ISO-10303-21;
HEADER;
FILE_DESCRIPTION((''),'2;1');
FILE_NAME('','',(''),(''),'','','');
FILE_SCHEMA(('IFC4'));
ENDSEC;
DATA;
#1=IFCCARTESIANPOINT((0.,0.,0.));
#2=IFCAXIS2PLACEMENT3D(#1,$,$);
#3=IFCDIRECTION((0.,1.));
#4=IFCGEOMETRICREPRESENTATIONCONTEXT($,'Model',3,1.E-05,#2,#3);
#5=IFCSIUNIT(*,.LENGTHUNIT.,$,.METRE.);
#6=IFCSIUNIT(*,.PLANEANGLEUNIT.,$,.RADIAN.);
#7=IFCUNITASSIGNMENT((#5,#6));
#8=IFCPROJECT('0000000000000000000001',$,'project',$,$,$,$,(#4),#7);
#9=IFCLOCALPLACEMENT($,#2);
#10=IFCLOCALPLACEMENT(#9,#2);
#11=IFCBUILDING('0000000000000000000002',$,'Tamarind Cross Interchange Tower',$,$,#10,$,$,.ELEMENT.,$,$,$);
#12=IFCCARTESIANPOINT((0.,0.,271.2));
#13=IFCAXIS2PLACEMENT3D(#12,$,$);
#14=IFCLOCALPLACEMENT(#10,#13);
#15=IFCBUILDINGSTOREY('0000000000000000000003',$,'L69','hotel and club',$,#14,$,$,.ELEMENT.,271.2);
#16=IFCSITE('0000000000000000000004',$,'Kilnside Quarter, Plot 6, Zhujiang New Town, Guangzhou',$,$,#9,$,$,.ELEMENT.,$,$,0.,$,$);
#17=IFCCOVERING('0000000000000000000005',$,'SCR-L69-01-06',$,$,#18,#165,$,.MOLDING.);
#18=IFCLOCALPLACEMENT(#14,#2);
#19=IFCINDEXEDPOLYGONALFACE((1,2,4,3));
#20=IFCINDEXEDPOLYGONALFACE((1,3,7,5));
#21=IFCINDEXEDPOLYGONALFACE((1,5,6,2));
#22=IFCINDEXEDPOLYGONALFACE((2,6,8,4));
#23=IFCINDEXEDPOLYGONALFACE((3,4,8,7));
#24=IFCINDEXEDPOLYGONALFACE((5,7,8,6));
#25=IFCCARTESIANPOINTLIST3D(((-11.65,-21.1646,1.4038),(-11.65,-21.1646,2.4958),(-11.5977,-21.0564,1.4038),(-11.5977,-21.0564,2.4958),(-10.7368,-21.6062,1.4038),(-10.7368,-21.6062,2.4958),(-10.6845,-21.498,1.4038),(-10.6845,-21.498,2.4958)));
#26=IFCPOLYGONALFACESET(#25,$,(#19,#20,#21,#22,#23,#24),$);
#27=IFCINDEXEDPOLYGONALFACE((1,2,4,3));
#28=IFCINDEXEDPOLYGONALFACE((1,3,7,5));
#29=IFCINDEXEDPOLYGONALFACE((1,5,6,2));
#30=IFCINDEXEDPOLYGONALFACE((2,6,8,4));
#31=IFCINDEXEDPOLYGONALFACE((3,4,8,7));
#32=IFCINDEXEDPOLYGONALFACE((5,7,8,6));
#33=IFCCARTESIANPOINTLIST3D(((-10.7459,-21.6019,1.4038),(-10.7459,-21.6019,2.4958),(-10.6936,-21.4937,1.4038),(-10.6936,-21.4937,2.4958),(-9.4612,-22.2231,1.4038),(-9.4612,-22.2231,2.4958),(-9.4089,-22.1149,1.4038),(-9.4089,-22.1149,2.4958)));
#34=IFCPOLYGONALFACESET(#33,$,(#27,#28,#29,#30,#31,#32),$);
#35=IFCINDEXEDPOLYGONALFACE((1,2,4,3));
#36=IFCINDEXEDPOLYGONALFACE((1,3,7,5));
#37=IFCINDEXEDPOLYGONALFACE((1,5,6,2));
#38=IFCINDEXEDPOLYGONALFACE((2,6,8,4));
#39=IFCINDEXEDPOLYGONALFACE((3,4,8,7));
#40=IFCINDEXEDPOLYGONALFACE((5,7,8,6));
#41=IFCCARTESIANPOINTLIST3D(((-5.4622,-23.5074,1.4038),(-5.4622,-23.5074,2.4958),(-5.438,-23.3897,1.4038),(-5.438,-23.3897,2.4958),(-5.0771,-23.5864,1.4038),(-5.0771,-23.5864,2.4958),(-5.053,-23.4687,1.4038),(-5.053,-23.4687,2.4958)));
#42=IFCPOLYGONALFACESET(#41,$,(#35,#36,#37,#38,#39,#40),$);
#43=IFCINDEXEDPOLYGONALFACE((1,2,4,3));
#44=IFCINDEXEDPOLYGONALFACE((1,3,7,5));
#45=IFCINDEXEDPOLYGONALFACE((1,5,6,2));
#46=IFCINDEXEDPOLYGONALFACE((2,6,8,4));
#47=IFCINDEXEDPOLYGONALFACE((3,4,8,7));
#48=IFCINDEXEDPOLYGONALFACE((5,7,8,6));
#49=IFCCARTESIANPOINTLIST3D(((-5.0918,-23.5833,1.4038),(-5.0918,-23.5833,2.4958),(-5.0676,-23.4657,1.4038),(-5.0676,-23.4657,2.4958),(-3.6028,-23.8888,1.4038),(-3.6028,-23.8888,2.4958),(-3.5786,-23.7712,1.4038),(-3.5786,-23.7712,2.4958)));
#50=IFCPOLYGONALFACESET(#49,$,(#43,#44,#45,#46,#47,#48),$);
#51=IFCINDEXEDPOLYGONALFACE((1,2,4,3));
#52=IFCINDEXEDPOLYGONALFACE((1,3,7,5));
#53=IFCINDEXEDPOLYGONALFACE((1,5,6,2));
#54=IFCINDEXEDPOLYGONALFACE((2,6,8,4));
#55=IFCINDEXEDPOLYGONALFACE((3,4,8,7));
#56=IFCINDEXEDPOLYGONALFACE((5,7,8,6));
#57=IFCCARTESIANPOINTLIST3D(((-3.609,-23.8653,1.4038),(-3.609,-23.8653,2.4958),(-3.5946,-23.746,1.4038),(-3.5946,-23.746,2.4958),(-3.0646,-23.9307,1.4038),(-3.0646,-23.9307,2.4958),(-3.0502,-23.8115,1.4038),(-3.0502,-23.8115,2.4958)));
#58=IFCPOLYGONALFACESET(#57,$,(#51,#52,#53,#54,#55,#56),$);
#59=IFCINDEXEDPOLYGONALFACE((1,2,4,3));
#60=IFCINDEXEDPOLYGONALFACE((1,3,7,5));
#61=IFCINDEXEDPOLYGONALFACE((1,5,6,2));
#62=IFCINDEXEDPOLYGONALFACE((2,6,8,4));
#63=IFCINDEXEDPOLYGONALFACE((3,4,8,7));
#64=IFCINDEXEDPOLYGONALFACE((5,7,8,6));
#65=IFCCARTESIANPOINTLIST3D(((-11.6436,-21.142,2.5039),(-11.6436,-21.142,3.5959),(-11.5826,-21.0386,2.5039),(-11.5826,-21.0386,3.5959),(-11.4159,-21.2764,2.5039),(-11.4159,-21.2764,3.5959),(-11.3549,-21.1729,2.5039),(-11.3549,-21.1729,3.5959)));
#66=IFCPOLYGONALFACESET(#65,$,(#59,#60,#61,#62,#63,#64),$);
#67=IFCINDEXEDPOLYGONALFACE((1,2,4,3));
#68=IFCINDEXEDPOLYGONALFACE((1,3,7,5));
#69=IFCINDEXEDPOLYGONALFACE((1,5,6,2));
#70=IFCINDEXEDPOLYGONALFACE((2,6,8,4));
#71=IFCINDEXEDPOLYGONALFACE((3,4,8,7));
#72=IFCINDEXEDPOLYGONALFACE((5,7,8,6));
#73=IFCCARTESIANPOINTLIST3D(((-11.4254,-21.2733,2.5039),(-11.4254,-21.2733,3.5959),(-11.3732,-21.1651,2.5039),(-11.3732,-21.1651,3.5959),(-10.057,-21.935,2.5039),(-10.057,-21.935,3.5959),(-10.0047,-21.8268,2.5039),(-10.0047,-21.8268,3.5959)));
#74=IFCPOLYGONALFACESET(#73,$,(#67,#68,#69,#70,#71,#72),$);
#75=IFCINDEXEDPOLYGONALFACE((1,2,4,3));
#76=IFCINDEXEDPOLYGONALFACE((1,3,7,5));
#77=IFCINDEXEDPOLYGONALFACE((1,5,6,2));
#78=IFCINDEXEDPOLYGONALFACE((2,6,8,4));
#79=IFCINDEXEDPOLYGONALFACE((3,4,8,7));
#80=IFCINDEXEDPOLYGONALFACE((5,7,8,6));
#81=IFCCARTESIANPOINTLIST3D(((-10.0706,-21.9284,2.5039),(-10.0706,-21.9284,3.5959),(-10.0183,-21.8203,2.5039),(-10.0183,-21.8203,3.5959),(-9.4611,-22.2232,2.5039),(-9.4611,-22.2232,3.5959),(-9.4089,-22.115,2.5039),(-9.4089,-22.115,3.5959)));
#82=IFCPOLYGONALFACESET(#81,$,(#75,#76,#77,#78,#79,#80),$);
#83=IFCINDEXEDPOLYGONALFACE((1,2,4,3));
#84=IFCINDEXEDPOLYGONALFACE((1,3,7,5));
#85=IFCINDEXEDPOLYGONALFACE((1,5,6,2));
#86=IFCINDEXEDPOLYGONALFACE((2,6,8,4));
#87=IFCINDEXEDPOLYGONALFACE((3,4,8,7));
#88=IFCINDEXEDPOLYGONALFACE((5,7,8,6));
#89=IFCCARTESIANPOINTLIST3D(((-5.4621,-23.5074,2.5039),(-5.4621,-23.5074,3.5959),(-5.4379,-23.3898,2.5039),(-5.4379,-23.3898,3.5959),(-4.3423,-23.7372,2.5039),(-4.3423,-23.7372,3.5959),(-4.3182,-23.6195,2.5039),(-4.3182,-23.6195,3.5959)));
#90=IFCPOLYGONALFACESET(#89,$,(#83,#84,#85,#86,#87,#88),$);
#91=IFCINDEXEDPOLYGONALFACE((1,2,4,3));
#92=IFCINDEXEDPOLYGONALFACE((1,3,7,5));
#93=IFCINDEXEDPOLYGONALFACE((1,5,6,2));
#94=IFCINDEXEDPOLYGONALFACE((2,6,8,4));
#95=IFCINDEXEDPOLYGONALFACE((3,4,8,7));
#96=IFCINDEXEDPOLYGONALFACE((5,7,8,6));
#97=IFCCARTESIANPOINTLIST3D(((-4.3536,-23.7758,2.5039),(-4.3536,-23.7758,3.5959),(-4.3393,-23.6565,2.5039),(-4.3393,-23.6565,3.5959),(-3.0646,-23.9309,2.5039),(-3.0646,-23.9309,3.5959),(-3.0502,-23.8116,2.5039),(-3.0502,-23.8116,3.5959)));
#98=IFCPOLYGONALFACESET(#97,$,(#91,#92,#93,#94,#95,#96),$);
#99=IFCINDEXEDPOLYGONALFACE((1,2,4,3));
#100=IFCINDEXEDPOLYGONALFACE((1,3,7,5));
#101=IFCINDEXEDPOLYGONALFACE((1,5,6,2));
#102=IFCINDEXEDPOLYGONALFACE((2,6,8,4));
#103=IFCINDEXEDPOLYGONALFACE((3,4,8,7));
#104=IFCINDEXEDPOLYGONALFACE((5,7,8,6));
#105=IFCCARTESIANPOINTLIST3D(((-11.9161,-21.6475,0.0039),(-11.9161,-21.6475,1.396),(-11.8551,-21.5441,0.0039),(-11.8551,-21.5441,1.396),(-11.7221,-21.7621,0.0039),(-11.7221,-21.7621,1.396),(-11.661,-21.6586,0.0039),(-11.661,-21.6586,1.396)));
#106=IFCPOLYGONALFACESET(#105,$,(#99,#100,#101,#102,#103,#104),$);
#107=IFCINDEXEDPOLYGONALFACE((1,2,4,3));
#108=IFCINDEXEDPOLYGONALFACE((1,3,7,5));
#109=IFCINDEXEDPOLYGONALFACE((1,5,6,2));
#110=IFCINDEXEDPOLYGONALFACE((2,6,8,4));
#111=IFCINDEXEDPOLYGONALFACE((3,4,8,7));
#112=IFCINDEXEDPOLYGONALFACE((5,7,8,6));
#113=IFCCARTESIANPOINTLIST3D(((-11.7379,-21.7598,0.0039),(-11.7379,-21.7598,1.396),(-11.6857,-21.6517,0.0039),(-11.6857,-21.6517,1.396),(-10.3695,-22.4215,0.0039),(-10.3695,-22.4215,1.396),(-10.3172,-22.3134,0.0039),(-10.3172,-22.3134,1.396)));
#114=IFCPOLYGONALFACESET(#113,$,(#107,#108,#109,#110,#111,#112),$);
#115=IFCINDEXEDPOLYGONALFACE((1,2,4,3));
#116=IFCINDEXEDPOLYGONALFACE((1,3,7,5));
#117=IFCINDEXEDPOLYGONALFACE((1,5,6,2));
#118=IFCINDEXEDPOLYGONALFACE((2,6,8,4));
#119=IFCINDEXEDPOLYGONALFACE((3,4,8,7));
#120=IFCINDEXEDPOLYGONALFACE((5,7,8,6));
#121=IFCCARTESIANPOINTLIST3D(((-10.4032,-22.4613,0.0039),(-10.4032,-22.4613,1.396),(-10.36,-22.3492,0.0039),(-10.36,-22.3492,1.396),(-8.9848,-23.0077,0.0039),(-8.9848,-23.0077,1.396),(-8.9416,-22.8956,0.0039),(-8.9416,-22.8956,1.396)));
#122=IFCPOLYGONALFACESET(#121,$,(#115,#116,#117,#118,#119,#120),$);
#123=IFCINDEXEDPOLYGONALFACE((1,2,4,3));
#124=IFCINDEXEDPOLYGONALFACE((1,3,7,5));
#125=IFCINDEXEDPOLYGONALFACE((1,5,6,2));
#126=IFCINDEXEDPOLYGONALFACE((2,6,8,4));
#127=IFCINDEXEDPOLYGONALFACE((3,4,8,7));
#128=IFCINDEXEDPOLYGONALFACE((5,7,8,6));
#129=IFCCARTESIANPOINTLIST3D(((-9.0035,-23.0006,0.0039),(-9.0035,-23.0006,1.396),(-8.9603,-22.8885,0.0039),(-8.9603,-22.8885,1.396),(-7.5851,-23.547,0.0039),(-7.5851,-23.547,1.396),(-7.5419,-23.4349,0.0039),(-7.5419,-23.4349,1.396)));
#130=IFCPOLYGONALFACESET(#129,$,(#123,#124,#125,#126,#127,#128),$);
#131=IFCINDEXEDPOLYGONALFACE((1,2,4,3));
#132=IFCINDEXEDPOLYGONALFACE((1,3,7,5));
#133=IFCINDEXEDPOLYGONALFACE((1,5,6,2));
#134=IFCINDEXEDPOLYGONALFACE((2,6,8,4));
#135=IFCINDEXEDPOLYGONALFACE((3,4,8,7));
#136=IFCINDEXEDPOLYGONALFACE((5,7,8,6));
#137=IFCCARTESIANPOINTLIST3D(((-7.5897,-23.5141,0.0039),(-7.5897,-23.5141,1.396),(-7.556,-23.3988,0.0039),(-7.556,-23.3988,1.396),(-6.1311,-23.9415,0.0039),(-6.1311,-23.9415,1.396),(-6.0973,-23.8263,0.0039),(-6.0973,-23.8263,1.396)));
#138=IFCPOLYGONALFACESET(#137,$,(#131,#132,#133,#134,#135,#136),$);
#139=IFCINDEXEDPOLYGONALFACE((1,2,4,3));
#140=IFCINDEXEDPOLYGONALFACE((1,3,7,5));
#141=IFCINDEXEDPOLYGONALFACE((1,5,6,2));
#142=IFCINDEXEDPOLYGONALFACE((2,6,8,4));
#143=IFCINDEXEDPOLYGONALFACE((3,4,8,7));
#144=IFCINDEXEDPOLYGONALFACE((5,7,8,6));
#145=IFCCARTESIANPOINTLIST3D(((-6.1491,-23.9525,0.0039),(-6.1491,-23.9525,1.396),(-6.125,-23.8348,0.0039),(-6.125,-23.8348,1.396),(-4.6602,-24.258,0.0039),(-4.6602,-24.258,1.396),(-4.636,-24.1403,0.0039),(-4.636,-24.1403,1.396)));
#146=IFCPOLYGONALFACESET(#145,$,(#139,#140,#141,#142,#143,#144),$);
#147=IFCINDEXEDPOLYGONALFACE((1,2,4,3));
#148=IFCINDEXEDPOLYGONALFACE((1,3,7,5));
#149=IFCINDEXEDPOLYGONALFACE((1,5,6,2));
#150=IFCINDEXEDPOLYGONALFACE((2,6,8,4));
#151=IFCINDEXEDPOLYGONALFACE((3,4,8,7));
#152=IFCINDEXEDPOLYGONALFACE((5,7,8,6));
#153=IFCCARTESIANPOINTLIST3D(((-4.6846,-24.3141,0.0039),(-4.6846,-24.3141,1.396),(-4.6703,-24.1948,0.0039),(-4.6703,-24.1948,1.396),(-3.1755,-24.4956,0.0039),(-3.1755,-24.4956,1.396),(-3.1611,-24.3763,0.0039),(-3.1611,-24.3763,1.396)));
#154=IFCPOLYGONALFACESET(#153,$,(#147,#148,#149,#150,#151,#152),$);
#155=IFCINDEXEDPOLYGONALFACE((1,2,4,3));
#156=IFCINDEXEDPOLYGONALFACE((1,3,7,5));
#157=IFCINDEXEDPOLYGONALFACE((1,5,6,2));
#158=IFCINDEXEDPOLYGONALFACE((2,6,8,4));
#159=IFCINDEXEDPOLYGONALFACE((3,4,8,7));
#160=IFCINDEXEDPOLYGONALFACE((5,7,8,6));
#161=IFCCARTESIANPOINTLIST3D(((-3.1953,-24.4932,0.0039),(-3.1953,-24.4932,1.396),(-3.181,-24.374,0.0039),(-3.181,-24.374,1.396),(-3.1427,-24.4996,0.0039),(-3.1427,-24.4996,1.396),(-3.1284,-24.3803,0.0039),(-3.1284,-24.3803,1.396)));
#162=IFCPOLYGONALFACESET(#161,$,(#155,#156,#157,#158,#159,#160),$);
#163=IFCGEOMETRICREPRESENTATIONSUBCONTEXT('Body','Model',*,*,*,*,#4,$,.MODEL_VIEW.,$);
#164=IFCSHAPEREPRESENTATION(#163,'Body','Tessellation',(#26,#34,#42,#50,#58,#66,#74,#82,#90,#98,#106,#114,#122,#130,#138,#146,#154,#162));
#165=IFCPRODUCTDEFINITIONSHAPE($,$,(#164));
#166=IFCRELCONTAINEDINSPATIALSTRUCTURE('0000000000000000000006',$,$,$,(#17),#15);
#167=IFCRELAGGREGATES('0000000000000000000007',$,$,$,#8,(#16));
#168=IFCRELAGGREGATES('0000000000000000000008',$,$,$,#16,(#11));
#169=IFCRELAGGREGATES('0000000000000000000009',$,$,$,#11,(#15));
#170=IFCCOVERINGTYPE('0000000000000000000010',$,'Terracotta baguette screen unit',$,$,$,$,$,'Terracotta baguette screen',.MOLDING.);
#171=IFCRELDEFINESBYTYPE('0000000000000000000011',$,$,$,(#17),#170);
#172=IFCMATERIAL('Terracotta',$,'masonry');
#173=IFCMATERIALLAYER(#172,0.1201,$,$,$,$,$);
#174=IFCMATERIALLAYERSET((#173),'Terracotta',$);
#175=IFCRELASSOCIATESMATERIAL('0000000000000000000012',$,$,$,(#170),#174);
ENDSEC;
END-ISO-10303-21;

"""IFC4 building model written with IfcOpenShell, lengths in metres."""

from ifc_helpers import new_model, si_unit, direction, frame, origin, origin_2d, place, context, subcontext, project, spatial, rectangle, extrude, material, layer, layer_set, type_object, element, save


model = new_model("IFC4")

# Units and contexts
model_context = context("Model", 3, precision=1e-05, world=origin(), true_north=direction((0.0, 1.0)))
body_context = subcontext(model_context, "Body", "Model", "MODEL_VIEW")
ifc_project = project(units=[si_unit("LENGTHUNIT", "METRE"), si_unit("PLANEANGLEUNIT", "RADIAN")], contexts=[model_context])

# Site, building, storey
site_placement = place(None, origin())
site = spatial("IfcSite", under=ifc_project, at=site_placement, Name="Kilnside Quarter, Plot 6, Zhujiang New Town, Guangzhou", CompositionType="ELEMENT", RefElevation=0.0)
building_placement = place(site_placement, origin())
building = spatial("IfcBuilding", under=site, at=building_placement, Name="Tamarind Cross Interchange Tower", CompositionType="ELEMENT")
storey_placement = place(building_placement, frame((0.0, 0.0, 271.2)))
storey = spatial("IfcBuildingStorey", under=building, at=storey_placement, Name="L69", Description="hotel and club", CompositionType="ELEMENT", Elevation=271.2)

# Covering
ifc_material_1 = material(Name="Terracotta", Category="masonry")
ifc_layer_1 = layer(ifc_material_1, 0.1201)
ifc_layer_set_1 = layer_set([ifc_layer_1], Name="Terracotta")
covering_type = type_object("IfcCoveringType", Name="Terracotta baguette screen unit", ElementType="Terracotta baguette screen", PredefinedType="MOLDING", material=ifc_layer_set_1)
covering_1_placement = place(storey_placement, origin())
element("IfcCovering", 1, at=covering_1_placement, inside=storey, type_object=covering_type, Name="SCR-L69-01-06", PredefinedType="MOLDING", context=body_context, shape_type="SweptSolid", body=[
    extrude(rectangle(XDim=1.0144, YDim=0.1201, at=origin_2d()), frame((-11.1672, -21.3313, 1.4038), z_axis=(0.0, 0.0, 1.0), x_axis=(0.900273, -0.435326, 0.0)), (0.0, 0.0, 1.0), 1.092),
    extrude(rectangle(XDim=1.427, YDim=0.1201, at=origin_2d()), frame((-10.0774, -21.8584, 1.4038), z_axis=(0.0, 0.0, 1.0), x_axis=(0.900273, -0.435326, 0.0)), (0.0, 0.0, 1.0), 1.092),
    extrude(rectangle(XDim=0.3931, YDim=0.1201, at=origin_2d()), frame((-5.2576, -23.488, 1.4038), z_axis=(0.0, 0.0, 1.0), x_axis=(0.979591, -0.201001, 0.0)), (0.0, 0.0, 1.0), 1.092),
    extrude(rectangle(XDim=1.52, YDim=0.1201, at=origin_2d()), frame((-4.3352, -23.6772, 1.4038), z_axis=(0.0, 0.0, 1.0), x_axis=(0.979591, -0.201001, 0.0)), (0.0, 0.0, 1.0), 1.092),
    extrude(rectangle(XDim=0.5483, YDim=0.1201, at=origin_2d()), frame((-3.3296, -23.8384, 1.4038), z_axis=(0.0, 0.0, 1.0), x_axis=(0.992844, -0.119421, 0.0)), (0.0, 0.0, 1.0), 1.092),
    extrude(rectangle(XDim=0.2644, YDim=0.1201, at=origin_2d()), frame((-11.4993, -21.1575, 2.5039), z_axis=(0.0, 0.0, 1.0), x_axis=(0.861249, -0.508183, 0.0)), (0.0, 0.0, 1.0), 1.092),
    extrude(rectangle(XDim=1.52, YDim=0.1201, at=origin_2d()), frame((-10.7151, -21.55, 2.5039), z_axis=(0.0, 0.0, 1.0), x_axis=(0.900273, -0.435326, 0.0)), (0.0, 0.0, 1.0), 1.092),
    extrude(rectangle(XDim=0.677, YDim=0.1201, at=origin_2d()), frame((-9.7397, -22.0217, 2.5039), z_axis=(0.0, 0.0, 1.0), x_axis=(0.900273, -0.435326, 0.0)), (0.0, 0.0, 1.0), 1.092),
    extrude(rectangle(XDim=1.1431, YDim=0.1201, at=origin_2d()), frame((-4.8901, -23.5635, 2.5039), z_axis=(0.0, 0.0, 1.0), x_axis=(0.979591, -0.201001, 0.0)), (0.0, 0.0, 1.0), 1.092),
    extrude(rectangle(XDim=1.2983, YDim=0.1201, at=origin_2d()), frame((-3.7019, -23.7937, 2.5039), z_axis=(0.0, 0.0, 1.0), x_axis=(0.992844, -0.119421, 0.0)), (0.0, 0.0, 1.0), 1.092),
    extrude(rectangle(XDim=0.2253, YDim=0.1201, at=origin_2d()), frame((-11.7886, -21.6531, 0.0039), z_axis=(0.0, 0.0, 1.0), x_axis=(0.861249, -0.508183, 0.0)), (0.0, 0.0, 1.0), 1.3921),
    extrude(rectangle(XDim=1.52, YDim=0.1201, at=origin_2d()), frame((-11.0276, -22.0366, 0.0039), z_axis=(0.0, 0.0, 1.0), x_axis=(0.900273, -0.435326, 0.0)), (0.0, 0.0, 1.0), 1.3921),
    extrude(rectangle(XDim=1.52, YDim=0.1201, at=origin_2d()), frame((-9.6724, -22.6785, 0.0039), z_axis=(0.0, 0.0, 1.0), x_axis=(0.933147, -0.359495, 0.0)), (0.0, 0.0, 1.0), 1.3921),
    extrude(rectangle(XDim=1.52, YDim=0.1201, at=origin_2d()), frame((-8.2727, -23.2178, 0.0039), z_axis=(0.0, 0.0, 1.0), x_axis=(0.933147, -0.359495, 0.0)), (0.0, 0.0, 1.0), 1.3921),
    extrude(rectangle(XDim=1.52, YDim=0.1201, at=origin_2d()), frame((-6.8435, -23.6702, 0.0039), z_axis=(0.0, 0.0, 1.0), x_axis=(0.959647, -0.281209, 0.0)), (0.0, 0.0, 1.0), 1.3921),
    extrude(rectangle(XDim=1.52, YDim=0.1201, at=origin_2d()), frame((-5.3926, -24.0464, 0.0039), z_axis=(0.0, 0.0, 1.0), x_axis=(0.979591, -0.201001, 0.0)), (0.0, 0.0, 1.0), 1.3921),
    extrude(rectangle(XDim=1.52, YDim=0.1201, at=origin_2d()), frame((-3.9229, -24.3452, 0.0039), z_axis=(0.0, 0.0, 1.0), x_axis=(0.992844, -0.119421, 0.0)), (0.0, 0.0, 1.0), 1.3921),
    extrude(rectangle(XDim=0.053, YDim=0.1201, at=origin_2d()), frame((-3.1619, -24.4368, 0.0039), z_axis=(0.0, 0.0, 1.0), x_axis=(0.992844, -0.119421, 0.0)), (0.0, 0.0, 1.0), 1.3921),
])

save(model, "model.ifc")
